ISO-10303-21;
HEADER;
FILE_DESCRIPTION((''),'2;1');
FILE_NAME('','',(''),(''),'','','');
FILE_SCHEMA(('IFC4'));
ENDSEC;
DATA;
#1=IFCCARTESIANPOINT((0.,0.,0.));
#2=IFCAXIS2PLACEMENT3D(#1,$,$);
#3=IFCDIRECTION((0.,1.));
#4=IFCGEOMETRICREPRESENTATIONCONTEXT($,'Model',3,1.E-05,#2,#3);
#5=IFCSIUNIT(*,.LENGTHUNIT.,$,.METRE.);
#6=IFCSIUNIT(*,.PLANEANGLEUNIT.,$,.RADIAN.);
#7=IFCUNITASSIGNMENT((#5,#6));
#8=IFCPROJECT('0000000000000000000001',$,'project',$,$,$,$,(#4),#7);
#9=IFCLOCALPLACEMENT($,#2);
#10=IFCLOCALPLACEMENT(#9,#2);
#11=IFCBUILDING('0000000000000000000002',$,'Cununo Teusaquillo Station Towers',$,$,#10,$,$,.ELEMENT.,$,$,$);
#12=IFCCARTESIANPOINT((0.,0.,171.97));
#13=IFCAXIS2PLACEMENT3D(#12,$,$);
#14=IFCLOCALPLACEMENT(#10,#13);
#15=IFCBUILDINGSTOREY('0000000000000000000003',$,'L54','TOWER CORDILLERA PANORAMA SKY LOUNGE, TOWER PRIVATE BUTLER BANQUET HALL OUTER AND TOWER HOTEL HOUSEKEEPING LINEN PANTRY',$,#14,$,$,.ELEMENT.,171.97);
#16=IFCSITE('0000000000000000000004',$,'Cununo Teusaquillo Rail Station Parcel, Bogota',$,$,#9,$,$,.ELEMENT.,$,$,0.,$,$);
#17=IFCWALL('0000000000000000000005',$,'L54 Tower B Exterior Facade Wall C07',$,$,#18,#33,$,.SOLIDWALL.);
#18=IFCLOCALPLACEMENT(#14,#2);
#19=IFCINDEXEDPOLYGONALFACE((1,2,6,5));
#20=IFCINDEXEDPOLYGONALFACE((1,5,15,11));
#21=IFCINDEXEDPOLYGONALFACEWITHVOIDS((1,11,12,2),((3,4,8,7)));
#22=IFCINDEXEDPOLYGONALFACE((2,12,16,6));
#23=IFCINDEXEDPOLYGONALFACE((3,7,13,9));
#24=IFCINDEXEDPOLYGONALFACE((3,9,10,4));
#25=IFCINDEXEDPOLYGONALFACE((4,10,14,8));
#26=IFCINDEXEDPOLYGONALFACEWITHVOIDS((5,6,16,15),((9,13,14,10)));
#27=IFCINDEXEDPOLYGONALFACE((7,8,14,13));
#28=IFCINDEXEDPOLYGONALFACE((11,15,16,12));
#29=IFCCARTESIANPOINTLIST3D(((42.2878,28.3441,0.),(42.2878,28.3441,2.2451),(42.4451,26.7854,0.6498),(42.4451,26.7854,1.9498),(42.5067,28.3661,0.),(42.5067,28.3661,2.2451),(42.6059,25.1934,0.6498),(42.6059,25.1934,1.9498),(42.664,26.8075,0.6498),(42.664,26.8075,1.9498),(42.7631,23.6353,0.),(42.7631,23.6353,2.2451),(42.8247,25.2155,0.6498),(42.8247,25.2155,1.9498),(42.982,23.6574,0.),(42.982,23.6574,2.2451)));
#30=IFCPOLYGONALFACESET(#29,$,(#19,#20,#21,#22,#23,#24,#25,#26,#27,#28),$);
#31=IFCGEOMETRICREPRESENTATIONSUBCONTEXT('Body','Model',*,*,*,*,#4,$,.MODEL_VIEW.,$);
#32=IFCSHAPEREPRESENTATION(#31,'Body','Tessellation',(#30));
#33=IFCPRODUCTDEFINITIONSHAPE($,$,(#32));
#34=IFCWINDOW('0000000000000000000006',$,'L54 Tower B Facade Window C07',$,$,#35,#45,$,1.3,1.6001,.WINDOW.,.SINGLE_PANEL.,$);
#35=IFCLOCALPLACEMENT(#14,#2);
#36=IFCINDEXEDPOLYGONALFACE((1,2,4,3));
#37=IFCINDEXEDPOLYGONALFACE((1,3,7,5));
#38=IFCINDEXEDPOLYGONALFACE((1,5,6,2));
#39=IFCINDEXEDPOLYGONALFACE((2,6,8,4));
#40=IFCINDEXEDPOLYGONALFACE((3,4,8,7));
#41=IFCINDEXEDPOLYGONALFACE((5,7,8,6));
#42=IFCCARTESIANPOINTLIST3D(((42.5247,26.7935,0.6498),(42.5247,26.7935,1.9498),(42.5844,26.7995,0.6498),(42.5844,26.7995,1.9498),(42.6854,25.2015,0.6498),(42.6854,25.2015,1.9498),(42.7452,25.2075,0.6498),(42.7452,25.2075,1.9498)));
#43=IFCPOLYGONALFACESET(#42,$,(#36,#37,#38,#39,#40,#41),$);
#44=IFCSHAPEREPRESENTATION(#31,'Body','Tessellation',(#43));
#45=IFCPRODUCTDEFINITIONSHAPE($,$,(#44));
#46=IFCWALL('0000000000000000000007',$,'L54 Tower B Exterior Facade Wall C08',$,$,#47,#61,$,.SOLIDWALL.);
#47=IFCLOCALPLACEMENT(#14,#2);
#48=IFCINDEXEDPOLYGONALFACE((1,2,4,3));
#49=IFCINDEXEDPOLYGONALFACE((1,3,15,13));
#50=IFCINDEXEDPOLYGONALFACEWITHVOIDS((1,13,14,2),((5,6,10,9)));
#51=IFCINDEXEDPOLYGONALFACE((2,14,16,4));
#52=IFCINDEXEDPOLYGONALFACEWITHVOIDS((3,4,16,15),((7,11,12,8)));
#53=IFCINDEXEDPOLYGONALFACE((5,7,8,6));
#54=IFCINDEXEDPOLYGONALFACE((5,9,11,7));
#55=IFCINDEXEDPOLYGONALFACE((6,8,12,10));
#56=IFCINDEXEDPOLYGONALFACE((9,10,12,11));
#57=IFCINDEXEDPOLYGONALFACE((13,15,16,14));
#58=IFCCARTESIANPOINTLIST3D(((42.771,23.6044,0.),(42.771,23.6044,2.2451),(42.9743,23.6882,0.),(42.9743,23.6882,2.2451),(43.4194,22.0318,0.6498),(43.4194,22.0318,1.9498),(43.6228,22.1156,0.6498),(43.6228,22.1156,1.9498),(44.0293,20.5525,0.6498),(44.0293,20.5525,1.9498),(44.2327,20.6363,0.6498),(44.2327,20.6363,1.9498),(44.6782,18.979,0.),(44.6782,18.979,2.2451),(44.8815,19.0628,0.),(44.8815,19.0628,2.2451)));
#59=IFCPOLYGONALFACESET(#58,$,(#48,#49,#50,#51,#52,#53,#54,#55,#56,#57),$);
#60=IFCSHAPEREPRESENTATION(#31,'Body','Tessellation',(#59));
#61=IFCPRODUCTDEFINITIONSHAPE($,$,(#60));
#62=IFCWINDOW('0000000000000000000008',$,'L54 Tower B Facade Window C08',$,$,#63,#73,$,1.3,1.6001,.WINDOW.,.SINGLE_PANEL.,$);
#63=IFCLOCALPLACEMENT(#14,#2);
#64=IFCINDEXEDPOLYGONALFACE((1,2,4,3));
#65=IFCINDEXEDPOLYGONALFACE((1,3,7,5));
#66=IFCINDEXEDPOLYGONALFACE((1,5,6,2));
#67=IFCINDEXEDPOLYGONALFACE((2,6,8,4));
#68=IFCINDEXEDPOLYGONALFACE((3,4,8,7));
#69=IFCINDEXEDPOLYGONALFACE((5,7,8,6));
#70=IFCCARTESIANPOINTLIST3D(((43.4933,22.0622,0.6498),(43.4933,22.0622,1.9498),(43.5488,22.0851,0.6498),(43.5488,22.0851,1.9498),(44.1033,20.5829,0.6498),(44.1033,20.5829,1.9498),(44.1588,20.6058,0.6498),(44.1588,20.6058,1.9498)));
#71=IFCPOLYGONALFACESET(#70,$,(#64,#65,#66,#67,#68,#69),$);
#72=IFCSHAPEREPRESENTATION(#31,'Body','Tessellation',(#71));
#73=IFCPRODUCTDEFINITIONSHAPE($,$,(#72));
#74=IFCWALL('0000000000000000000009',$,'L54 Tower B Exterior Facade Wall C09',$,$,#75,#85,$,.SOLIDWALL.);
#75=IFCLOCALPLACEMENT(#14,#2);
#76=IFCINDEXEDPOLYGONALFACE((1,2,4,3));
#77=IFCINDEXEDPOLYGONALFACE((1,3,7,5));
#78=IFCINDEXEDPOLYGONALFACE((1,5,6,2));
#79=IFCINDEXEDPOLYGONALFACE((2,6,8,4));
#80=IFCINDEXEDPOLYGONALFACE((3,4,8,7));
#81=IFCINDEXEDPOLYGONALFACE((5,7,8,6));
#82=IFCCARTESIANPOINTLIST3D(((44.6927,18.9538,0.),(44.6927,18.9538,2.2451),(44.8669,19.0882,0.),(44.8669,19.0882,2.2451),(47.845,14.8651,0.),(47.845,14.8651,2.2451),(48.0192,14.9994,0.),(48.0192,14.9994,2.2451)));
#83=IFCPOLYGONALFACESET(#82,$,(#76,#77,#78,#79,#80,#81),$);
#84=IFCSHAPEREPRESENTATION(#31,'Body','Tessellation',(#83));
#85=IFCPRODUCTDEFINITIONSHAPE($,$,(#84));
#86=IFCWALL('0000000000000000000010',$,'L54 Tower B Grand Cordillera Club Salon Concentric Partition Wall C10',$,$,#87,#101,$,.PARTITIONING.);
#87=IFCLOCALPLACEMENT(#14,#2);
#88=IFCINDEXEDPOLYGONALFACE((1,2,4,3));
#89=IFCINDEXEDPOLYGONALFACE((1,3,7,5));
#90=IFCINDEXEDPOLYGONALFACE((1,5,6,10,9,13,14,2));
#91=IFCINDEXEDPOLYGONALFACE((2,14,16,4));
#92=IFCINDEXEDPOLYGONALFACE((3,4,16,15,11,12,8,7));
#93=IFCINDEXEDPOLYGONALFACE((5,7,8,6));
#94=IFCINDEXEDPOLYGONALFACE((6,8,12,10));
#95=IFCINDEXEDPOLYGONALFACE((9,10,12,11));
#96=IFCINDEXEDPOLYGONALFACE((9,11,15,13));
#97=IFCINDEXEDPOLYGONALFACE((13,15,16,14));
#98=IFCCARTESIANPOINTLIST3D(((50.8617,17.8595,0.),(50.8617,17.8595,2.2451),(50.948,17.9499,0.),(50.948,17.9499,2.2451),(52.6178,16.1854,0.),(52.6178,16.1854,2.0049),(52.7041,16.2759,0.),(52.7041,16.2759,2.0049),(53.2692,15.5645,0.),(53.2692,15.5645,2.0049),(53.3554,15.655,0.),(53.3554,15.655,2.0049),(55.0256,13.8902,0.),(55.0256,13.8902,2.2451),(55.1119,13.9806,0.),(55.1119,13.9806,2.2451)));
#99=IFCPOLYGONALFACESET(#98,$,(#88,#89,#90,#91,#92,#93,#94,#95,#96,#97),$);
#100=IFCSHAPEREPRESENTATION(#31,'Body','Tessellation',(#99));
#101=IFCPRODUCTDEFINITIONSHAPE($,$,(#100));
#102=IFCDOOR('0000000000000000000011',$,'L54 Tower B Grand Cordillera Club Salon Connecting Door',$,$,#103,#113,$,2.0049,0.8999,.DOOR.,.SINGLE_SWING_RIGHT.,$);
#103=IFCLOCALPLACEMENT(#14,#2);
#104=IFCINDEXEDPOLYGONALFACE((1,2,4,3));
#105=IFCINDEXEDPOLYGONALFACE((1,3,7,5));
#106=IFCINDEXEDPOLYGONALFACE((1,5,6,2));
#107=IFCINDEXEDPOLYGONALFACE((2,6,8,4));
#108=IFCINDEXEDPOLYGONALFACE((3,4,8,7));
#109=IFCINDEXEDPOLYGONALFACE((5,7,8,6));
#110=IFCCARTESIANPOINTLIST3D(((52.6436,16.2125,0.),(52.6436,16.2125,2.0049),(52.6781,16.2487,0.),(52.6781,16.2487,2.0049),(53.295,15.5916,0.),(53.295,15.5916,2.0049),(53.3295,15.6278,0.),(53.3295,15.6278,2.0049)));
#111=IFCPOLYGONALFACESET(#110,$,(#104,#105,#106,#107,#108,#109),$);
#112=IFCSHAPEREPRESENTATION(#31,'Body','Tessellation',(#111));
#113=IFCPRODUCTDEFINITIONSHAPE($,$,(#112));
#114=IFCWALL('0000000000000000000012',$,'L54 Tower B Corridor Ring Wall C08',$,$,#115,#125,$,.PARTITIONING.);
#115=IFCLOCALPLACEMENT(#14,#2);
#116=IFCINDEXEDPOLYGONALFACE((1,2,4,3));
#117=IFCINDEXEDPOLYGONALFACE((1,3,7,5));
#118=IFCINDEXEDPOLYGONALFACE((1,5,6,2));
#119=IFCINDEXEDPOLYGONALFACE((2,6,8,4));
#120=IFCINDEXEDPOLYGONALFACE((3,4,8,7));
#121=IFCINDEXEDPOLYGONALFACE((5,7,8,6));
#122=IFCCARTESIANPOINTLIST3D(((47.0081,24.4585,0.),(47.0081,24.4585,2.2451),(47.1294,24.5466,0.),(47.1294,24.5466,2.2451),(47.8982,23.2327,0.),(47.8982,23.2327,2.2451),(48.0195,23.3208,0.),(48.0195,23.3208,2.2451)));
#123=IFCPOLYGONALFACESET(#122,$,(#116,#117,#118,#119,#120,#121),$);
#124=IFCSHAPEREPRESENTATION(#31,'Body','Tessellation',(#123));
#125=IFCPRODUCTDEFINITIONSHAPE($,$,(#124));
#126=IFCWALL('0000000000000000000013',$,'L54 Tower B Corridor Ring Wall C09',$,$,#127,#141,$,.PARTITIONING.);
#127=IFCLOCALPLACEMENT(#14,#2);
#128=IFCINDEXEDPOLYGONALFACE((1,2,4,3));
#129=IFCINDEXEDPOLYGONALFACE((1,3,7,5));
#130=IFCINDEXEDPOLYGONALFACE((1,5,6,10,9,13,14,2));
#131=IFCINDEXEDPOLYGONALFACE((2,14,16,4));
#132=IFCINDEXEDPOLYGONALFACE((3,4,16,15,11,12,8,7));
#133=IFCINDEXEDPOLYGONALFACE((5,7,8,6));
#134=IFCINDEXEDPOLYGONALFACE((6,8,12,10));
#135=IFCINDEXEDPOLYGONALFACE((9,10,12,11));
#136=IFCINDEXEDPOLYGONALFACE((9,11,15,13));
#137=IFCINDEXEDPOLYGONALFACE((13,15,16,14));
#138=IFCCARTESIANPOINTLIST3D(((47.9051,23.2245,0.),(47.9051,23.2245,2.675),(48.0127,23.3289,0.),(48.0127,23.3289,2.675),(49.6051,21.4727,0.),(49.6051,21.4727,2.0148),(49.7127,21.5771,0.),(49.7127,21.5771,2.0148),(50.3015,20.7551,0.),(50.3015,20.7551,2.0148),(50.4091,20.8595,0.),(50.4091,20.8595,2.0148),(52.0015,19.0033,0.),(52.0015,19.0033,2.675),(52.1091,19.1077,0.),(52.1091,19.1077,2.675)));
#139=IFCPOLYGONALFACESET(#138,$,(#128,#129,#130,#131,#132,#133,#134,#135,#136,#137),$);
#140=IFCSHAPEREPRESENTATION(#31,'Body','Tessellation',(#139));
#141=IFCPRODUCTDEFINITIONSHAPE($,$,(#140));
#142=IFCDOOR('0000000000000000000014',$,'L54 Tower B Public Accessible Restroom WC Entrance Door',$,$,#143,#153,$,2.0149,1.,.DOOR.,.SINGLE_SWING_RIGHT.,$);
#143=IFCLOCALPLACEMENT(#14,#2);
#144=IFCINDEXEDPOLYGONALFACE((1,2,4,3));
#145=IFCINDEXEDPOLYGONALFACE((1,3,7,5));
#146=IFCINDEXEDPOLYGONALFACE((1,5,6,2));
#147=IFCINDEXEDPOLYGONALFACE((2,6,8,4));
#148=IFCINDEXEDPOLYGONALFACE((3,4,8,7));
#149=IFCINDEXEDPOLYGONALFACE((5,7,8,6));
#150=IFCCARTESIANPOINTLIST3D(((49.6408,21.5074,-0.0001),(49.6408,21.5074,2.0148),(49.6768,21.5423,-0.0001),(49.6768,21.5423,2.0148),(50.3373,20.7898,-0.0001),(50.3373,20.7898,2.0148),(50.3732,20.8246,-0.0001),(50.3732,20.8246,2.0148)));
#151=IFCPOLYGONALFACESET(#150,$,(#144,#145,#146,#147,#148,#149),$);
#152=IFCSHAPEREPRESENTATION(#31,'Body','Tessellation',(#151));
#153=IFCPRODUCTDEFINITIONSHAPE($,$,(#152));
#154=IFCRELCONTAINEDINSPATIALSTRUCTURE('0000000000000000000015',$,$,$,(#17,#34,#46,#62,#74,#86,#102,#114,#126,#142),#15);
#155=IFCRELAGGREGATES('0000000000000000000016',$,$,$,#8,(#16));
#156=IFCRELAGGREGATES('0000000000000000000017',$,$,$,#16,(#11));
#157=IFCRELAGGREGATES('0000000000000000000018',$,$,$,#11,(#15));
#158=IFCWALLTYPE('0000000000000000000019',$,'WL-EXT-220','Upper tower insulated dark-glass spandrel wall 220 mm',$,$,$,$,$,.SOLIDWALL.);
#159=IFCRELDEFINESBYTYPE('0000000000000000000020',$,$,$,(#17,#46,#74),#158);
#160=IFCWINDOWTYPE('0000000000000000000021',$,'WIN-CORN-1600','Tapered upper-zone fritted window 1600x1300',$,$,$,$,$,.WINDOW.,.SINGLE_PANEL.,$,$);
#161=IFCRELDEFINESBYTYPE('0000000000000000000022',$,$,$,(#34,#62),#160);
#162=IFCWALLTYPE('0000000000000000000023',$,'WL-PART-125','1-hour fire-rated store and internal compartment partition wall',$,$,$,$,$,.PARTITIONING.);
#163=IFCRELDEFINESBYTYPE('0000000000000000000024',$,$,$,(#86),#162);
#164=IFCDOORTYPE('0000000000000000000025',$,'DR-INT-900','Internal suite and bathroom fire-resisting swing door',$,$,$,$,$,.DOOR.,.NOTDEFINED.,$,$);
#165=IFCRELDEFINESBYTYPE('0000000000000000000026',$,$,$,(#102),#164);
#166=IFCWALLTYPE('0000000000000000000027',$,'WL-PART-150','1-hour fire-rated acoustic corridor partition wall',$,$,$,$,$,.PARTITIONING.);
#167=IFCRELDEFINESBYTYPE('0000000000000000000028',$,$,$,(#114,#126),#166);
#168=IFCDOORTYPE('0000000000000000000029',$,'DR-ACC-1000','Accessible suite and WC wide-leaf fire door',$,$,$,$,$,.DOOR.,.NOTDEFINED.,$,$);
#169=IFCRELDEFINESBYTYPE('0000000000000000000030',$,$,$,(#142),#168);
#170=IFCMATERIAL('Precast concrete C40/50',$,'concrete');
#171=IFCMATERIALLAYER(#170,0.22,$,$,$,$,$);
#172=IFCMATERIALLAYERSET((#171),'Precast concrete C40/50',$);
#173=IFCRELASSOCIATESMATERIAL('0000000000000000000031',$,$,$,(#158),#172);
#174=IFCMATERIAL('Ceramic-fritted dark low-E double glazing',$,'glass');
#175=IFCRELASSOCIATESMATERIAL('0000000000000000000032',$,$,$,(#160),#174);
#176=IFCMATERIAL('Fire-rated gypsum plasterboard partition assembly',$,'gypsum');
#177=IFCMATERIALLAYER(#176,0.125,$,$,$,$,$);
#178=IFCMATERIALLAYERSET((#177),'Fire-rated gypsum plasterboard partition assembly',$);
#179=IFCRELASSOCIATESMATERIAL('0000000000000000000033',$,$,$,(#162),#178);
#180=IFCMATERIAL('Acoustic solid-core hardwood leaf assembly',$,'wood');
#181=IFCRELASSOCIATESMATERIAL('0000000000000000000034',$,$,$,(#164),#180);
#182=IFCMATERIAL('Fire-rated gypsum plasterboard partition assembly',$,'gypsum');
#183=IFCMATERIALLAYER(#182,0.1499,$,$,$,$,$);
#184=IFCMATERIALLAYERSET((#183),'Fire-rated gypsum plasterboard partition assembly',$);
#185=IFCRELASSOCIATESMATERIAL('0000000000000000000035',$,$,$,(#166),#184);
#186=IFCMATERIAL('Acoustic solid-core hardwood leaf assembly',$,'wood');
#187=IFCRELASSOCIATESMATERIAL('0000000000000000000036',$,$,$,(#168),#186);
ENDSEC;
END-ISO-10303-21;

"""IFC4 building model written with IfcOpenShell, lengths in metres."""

from ifc_helpers import new_model, si_unit, direction, frame, frame_2d, origin, place, context, subcontext, project, spatial, rectangle, extrude, source, transform, mapped, material, layer, layer_set, type_object, element, fill, save


model = new_model("IFC4")

# Units and contexts
model_context = context("Model", 3, precision=1e-05, world=origin(), true_north=direction((0.0, 1.0)))
body_context = subcontext(model_context, "Body", "Model", "MODEL_VIEW")
ifc_project = project(units=[si_unit("LENGTHUNIT", "METRE"), si_unit("PLANEANGLEUNIT", "RADIAN")], contexts=[model_context])

# Site, building, storey
site_placement = place(None, origin())
site = spatial("IfcSite", under=ifc_project, at=site_placement, Name="Cununo Teusaquillo Rail Station Parcel, Bogota", CompositionType="ELEMENT", RefElevation=0.0)
building_placement = place(site_placement, origin())
building = spatial("IfcBuilding", under=site, at=building_placement, Name="Cununo Teusaquillo Station Towers", CompositionType="ELEMENT")
storey_placement = place(building_placement, frame((0.0, 0.0, 171.97)))
storey = spatial("IfcBuildingStorey", under=building, at=storey_placement, Name="L54", Description="TOWER CORDILLERA PANORAMA SKY LOUNGE, TOWER PRIVATE BUTLER BANQUET HALL OUTER AND TOWER HOTEL HOUSEKEEPING LINEN PANTRY", CompositionType="ELEMENT", Elevation=171.97)

# Shared definitions
ifc_material_1 = material(Name="Precast concrete C40/50", Category="concrete")
ifc_layer_1 = layer(ifc_material_1, 0.22)
ifc_layer_set_1 = layer_set([ifc_layer_1], Name="Precast concrete C40/50")
wall_type_1 = type_object("IfcWallType", Name="WL-EXT-220", Description="Upper tower insulated dark-glass spandrel wall 220 mm", PredefinedType="SOLIDWALL", material=ifc_layer_set_1)

# Walls, openings, windows
shared_shape_1 = source(origin(), body_context, "Body", "SweptSolid", [
    extrude(rectangle(XDim=1.6001, YDim=1.3, at=frame_2d((0.8, 0.6499))), frame((0.0, 0.1199, 0.0), z_axis=(0.0, -1.0, 0.0), x_axis=(1.0, 0.0, 0.0)), (0.0, 0.0, 1.0), 0.24),
])
ifc_material_2 = material(Name="Ceramic-fritted dark low-E double glazing", Category="glass")
window_type = type_object("IfcWindowType", Name="WIN-CORN-1600", Description="Tapered upper-zone fritted window 1600x1300", PartitioningType="SINGLE_PANEL", PredefinedType="WINDOW", material=ifc_material_2)
shared_shape_2 = source(origin(), body_context, "Body", "SweptSolid", [
    extrude(rectangle(XDim=1.6001, YDim=1.3, at=frame_2d((0.8, 0.6499))), frame((0.0, 0.03, 0.0), z_axis=(0.0, -1.0, 0.0), x_axis=(1.0, 0.0, 0.0)), (0.0, 0.0, 1.0), 0.0601),
])
wall_1_placement = place(storey_placement, frame((42.8726, 23.6465, 0.0), z_axis=(0.0, 0.0, 1.0), x_axis=(-0.100438, 0.994943, 0.0)))
wall_1 = element("IfcWall", 1, at=wall_1_placement, inside=storey, type_object=wall_type_1, Name="L54 Tower B Exterior Facade Wall C07", PredefinedType="SOLIDWALL", context=body_context, shape_type="SweptSolid", body=[
    extrude(rectangle(XDim=4.7327, YDim=0.22, at=frame_2d((2.3662, 0.0))), origin(), (0.0, 0.0, 1.0), 2.2451),
])
opening_1_placement = place(wall_1_placement, frame((1.5659, 0.0, 0.6499)))
opening_1 = element("IfcOpeningElement", 2, at=opening_1_placement, cuts=wall_1, PredefinedType="OPENING", context=body_context, shape_type="MappedRepresentation", body=[
    mapped(shared_shape_1, transform((0.0, 0.0, 0.0), x_axis=(1.0, 0.0, 0.0), y_axis=(0.0, 1.0, 0.0), z_axis=(0.0, 0.0, 1.0), scale=1.0)),
])
window_1_placement = place(opening_1_placement, origin())
window_1 = element("IfcWindow", 3, at=window_1_placement, inside=storey, type_object=window_type, Name="L54 Tower B Facade Window C07", OverallHeight=1.3, OverallWidth=1.6001, PartitioningType="SINGLE_PANEL", PredefinedType="WINDOW", context=body_context, shape_type="MappedRepresentation", body=[
    mapped(shared_shape_2, transform((0.0, 0.0, 0.0), x_axis=(1.0, 0.0, 0.0), y_axis=(0.0, 1.0, 0.0), z_axis=(0.0, 0.0, 1.0), scale=1.0)),
])
fill(opening_1, window_1)
wall_2_placement = place(storey_placement, frame((44.7798, 19.021, 0.0), z_axis=(0.0, 0.0, 1.0), x_axis=(-0.381196, 0.924494, 0.0)))
wall_2 = element("IfcWall", 4, at=wall_2_placement, inside=storey, type_object=wall_type_1, Name="L54 Tower B Exterior Facade Wall C08", PredefinedType="SOLIDWALL", context=body_context, shape_type="SweptSolid", body=[
    extrude(rectangle(XDim=5.0032, YDim=0.22, at=frame_2d((2.5015, 0.0))), origin(), (0.0, 0.0, 1.0), 2.2451),
])
opening_2_placement = place(wall_2_placement, frame((1.7019, 0.0, 0.6499)))
opening_2 = element("IfcOpeningElement", 5, at=opening_2_placement, cuts=wall_2, PredefinedType="OPENING", context=body_context, shape_type="MappedRepresentation", body=[
    mapped(shared_shape_1, transform((0.0, 0.0, 0.0), x_axis=(1.0, 0.0, 0.0), y_axis=(0.0, 1.0, 0.0), z_axis=(0.0, 0.0, 1.0), scale=1.0)),
])
window_2_placement = place(opening_2_placement, origin())
window_2 = element("IfcWindow", 6, at=window_2_placement, inside=storey, type_object=window_type, Name="L54 Tower B Facade Window C08", OverallHeight=1.3, OverallWidth=1.6001, PartitioningType="SINGLE_PANEL", PredefinedType="WINDOW", context=body_context, shape_type="MappedRepresentation", body=[
    mapped(shared_shape_2, transform((0.0, 0.0, 0.0), x_axis=(1.0, 0.0, 0.0), y_axis=(0.0, 1.0, 0.0), z_axis=(0.0, 0.0, 1.0), scale=1.0)),
])
fill(opening_2, window_2)

# Wall
wall_3_placement = place(storey_placement, frame((47.9321, 14.9321, 0.0), z_axis=(0.0, 0.0, 1.0), x_axis=(-0.61057, 0.791963, 0.0)))
element("IfcWall", 7, at=wall_3_placement, inside=storey, type_object=wall_type_1, Name="L54 Tower B Exterior Facade Wall C09", PredefinedType="SOLIDWALL", context=body_context, shape_type="SweptSolid", body=[
    extrude(rectangle(XDim=5.1628, YDim=0.22, at=frame_2d((2.5815, 0.0))), origin(), (0.0, 0.0, 1.0), 2.2451),
])

# Wall, opening, door
ifc_material_3 = material(Name="Fire-rated gypsum plasterboard partition assembly", Category="gypsum")
ifc_layer_2 = layer(ifc_material_3, 0.125)
ifc_layer_set_2 = layer_set([ifc_layer_2], Name="Fire-rated gypsum plasterboard partition assembly")
wall_type_2 = type_object("IfcWallType", Name="WL-PART-125", Description="1-hour fire-rated store and internal compartment partition wall", PredefinedType="PARTITIONING", material=ifc_layer_set_2)
wall_4_placement = place(storey_placement, frame((50.9048, 17.9048, 0.0), z_axis=(0.0, 0.0, 1.0), x_axis=(0.723817, -0.689992, 0.0)))
wall_4 = element("IfcWall", 8, at=wall_4_placement, inside=storey, type_object=wall_type_2, Name="L54 Tower B Grand Cordillera Club Salon Concentric Partition Wall C10", PredefinedType="PARTITIONING", context=body_context, shape_type="SweptSolid", body=[
    extrude(rectangle(XDim=5.7527, YDim=0.125, at=frame_2d((2.8765, 0.0))), origin(), (0.0, 0.0, 1.0), 2.2451),
])
shared_shape_3 = source(origin(), body_context, "Body", "SweptSolid", [
    extrude(rectangle(XDim=0.8999, YDim=2.0049, at=frame_2d((0.45, 1.0024))), frame((0.0, 0.0725, 0.0), z_axis=(0.0, -1.0, 0.0), x_axis=(1.0, 0.0, 0.0)), (0.0, 0.0, 1.0), 0.145),
])
opening_3_placement = place(wall_4_placement, frame((2.4263, 0.0, 0.0)))
opening_3 = element("IfcOpeningElement", 9, at=opening_3_placement, cuts=wall_4, PredefinedType="OPENING", context=body_context, shape_type="MappedRepresentation", body=[
    mapped(shared_shape_3, transform((0.0, 0.0, 0.0), x_axis=(1.0, 0.0, 0.0), y_axis=(0.0, 1.0, 0.0), z_axis=(0.0, 0.0, 1.0), scale=1.0)),
])
ifc_material_4 = material(Name="Acoustic solid-core hardwood leaf assembly", Category="wood")
door_type_1 = type_object("IfcDoorType", Name="DR-INT-900", Description="Internal suite and bathroom fire-resisting swing door", OperationType="NOTDEFINED", PredefinedType="DOOR", material=ifc_material_4)
shared_shape_4 = source(origin(), body_context, "Body", "SweptSolid", [
    extrude(rectangle(XDim=0.8999, YDim=2.0049, at=frame_2d((0.45, 1.0024))), frame((0.0, 0.0249, 0.0), z_axis=(0.0, -1.0, 0.0), x_axis=(1.0, 0.0, 0.0)), (0.0, 0.0, 1.0), 0.05),
])
door_1_placement = place(opening_3_placement, origin())
door_1 = element("IfcDoor", 10, at=door_1_placement, inside=storey, type_object=door_type_1, Name="L54 Tower B Grand Cordillera Club Salon Connecting Door", OperationType="SINGLE_SWING_RIGHT", OverallHeight=2.0049, OverallWidth=0.8999, PredefinedType="DOOR", context=body_context, shape_type="MappedRepresentation", body=[
    mapped(shared_shape_4, transform((0.0, 0.0, 0.0), x_axis=(1.0, 0.0, 0.0), y_axis=(0.0, 1.0, 0.0), z_axis=(0.0, 0.0, 1.0), scale=1.0)),
])
fill(opening_3, door_1)

# Wall
ifc_material_5 = material(Name="Fire-rated gypsum plasterboard partition assembly", Category="gypsum")
ifc_layer_3 = layer(ifc_material_5, 0.1499)
ifc_layer_set_3 = layer_set([ifc_layer_3], Name="Fire-rated gypsum plasterboard partition assembly")
wall_type_3 = type_object("IfcWallType", Name="WL-PART-150", Description="1-hour fire-rated acoustic corridor partition wall", PredefinedType="PARTITIONING", material=ifc_layer_set_3)
wall_5_placement = place(storey_placement, frame((47.0688, 24.5024, 0.0), z_axis=(0.0, 0.0, 1.0), x_axis=(0.587577, -0.809168, 0.0)))
element("IfcWall", 11, at=wall_5_placement, inside=storey, type_object=wall_type_3, Name="L54 Tower B Corridor Ring Wall C08", PredefinedType="PARTITIONING", context=body_context, shape_type="SweptSolid", body=[
    extrude(rectangle(XDim=1.5149, YDim=0.1499, at=frame_2d((0.7573, 0.0))), origin(), (0.0, 0.0, 1.0), 2.2451),
])

# Wall, opening, door
wall_6_placement = place(storey_placement, frame((47.959, 23.2766, 0.0), z_axis=(0.0, 0.0, 1.0), x_axis=(0.696423, -0.717632, 0.0)))
wall_6 = element("IfcWall", 12, at=wall_6_placement, inside=storey, type_object=wall_type_3, Name="L54 Tower B Corridor Ring Wall C09", PredefinedType="PARTITIONING", context=body_context, shape_type="SweptSolid", body=[
    extrude(rectangle(XDim=5.8821, YDim=0.1499, at=frame_2d((2.9409, 0.0))), origin(), (0.0, 0.0, 1.0), 2.675),
])
shared_shape_5 = source(origin(), body_context, "Body", "SweptSolid", [
    extrude(rectangle(XDim=1.0, YDim=2.0149, at=frame_2d((0.5, 1.0073))), frame((0.0, 0.085, 0.0), z_axis=(0.0, -1.0, 0.0), x_axis=(1.0, 0.0, 0.0)), (0.0, 0.0, 1.0), 0.1699),
])
opening_4_placement = place(wall_6_placement, frame((2.4409, 0.0, 0.0)))
opening_4 = element("IfcOpeningElement", 13, at=opening_4_placement, cuts=wall_6, PredefinedType="OPENING", context=body_context, shape_type="MappedRepresentation", body=[
    mapped(shared_shape_5, transform((0.0, 0.0, 0.0), x_axis=(1.0, 0.0, 0.0), y_axis=(0.0, 1.0, 0.0), z_axis=(0.0, 0.0, 1.0), scale=1.0)),
])
ifc_material_6 = material(Name="Acoustic solid-core hardwood leaf assembly", Category="wood")
door_type_2 = type_object("IfcDoorType", Name="DR-ACC-1000", Description="Accessible suite and WC wide-leaf fire door", OperationType="NOTDEFINED", PredefinedType="DOOR", material=ifc_material_6)
shared_shape_6 = source(origin(), body_context, "Body", "SweptSolid", [
    extrude(rectangle(XDim=1.0, YDim=2.0149, at=frame_2d((0.5, 1.0073))), frame((0.0, 0.0249, 0.0), z_axis=(0.0, -1.0, 0.0), x_axis=(1.0, 0.0, 0.0)), (0.0, 0.0, 1.0), 0.05),
])
door_2_placement = place(opening_4_placement, origin())
door_2 = element("IfcDoor", 14, at=door_2_placement, inside=storey, type_object=door_type_2, Name="L54 Tower B Public Accessible Restroom WC Entrance Door", OperationType="SINGLE_SWING_RIGHT", OverallHeight=2.0149, OverallWidth=1.0, PredefinedType="DOOR", context=body_context, shape_type="MappedRepresentation", body=[
    mapped(shared_shape_6, transform((0.0, 0.0, 0.0), x_axis=(1.0, 0.0, 0.0), y_axis=(0.0, 1.0, 0.0), z_axis=(0.0, 0.0, 1.0), scale=1.0)),
])
fill(opening_4, door_2)

save(model, "model.ifc")
